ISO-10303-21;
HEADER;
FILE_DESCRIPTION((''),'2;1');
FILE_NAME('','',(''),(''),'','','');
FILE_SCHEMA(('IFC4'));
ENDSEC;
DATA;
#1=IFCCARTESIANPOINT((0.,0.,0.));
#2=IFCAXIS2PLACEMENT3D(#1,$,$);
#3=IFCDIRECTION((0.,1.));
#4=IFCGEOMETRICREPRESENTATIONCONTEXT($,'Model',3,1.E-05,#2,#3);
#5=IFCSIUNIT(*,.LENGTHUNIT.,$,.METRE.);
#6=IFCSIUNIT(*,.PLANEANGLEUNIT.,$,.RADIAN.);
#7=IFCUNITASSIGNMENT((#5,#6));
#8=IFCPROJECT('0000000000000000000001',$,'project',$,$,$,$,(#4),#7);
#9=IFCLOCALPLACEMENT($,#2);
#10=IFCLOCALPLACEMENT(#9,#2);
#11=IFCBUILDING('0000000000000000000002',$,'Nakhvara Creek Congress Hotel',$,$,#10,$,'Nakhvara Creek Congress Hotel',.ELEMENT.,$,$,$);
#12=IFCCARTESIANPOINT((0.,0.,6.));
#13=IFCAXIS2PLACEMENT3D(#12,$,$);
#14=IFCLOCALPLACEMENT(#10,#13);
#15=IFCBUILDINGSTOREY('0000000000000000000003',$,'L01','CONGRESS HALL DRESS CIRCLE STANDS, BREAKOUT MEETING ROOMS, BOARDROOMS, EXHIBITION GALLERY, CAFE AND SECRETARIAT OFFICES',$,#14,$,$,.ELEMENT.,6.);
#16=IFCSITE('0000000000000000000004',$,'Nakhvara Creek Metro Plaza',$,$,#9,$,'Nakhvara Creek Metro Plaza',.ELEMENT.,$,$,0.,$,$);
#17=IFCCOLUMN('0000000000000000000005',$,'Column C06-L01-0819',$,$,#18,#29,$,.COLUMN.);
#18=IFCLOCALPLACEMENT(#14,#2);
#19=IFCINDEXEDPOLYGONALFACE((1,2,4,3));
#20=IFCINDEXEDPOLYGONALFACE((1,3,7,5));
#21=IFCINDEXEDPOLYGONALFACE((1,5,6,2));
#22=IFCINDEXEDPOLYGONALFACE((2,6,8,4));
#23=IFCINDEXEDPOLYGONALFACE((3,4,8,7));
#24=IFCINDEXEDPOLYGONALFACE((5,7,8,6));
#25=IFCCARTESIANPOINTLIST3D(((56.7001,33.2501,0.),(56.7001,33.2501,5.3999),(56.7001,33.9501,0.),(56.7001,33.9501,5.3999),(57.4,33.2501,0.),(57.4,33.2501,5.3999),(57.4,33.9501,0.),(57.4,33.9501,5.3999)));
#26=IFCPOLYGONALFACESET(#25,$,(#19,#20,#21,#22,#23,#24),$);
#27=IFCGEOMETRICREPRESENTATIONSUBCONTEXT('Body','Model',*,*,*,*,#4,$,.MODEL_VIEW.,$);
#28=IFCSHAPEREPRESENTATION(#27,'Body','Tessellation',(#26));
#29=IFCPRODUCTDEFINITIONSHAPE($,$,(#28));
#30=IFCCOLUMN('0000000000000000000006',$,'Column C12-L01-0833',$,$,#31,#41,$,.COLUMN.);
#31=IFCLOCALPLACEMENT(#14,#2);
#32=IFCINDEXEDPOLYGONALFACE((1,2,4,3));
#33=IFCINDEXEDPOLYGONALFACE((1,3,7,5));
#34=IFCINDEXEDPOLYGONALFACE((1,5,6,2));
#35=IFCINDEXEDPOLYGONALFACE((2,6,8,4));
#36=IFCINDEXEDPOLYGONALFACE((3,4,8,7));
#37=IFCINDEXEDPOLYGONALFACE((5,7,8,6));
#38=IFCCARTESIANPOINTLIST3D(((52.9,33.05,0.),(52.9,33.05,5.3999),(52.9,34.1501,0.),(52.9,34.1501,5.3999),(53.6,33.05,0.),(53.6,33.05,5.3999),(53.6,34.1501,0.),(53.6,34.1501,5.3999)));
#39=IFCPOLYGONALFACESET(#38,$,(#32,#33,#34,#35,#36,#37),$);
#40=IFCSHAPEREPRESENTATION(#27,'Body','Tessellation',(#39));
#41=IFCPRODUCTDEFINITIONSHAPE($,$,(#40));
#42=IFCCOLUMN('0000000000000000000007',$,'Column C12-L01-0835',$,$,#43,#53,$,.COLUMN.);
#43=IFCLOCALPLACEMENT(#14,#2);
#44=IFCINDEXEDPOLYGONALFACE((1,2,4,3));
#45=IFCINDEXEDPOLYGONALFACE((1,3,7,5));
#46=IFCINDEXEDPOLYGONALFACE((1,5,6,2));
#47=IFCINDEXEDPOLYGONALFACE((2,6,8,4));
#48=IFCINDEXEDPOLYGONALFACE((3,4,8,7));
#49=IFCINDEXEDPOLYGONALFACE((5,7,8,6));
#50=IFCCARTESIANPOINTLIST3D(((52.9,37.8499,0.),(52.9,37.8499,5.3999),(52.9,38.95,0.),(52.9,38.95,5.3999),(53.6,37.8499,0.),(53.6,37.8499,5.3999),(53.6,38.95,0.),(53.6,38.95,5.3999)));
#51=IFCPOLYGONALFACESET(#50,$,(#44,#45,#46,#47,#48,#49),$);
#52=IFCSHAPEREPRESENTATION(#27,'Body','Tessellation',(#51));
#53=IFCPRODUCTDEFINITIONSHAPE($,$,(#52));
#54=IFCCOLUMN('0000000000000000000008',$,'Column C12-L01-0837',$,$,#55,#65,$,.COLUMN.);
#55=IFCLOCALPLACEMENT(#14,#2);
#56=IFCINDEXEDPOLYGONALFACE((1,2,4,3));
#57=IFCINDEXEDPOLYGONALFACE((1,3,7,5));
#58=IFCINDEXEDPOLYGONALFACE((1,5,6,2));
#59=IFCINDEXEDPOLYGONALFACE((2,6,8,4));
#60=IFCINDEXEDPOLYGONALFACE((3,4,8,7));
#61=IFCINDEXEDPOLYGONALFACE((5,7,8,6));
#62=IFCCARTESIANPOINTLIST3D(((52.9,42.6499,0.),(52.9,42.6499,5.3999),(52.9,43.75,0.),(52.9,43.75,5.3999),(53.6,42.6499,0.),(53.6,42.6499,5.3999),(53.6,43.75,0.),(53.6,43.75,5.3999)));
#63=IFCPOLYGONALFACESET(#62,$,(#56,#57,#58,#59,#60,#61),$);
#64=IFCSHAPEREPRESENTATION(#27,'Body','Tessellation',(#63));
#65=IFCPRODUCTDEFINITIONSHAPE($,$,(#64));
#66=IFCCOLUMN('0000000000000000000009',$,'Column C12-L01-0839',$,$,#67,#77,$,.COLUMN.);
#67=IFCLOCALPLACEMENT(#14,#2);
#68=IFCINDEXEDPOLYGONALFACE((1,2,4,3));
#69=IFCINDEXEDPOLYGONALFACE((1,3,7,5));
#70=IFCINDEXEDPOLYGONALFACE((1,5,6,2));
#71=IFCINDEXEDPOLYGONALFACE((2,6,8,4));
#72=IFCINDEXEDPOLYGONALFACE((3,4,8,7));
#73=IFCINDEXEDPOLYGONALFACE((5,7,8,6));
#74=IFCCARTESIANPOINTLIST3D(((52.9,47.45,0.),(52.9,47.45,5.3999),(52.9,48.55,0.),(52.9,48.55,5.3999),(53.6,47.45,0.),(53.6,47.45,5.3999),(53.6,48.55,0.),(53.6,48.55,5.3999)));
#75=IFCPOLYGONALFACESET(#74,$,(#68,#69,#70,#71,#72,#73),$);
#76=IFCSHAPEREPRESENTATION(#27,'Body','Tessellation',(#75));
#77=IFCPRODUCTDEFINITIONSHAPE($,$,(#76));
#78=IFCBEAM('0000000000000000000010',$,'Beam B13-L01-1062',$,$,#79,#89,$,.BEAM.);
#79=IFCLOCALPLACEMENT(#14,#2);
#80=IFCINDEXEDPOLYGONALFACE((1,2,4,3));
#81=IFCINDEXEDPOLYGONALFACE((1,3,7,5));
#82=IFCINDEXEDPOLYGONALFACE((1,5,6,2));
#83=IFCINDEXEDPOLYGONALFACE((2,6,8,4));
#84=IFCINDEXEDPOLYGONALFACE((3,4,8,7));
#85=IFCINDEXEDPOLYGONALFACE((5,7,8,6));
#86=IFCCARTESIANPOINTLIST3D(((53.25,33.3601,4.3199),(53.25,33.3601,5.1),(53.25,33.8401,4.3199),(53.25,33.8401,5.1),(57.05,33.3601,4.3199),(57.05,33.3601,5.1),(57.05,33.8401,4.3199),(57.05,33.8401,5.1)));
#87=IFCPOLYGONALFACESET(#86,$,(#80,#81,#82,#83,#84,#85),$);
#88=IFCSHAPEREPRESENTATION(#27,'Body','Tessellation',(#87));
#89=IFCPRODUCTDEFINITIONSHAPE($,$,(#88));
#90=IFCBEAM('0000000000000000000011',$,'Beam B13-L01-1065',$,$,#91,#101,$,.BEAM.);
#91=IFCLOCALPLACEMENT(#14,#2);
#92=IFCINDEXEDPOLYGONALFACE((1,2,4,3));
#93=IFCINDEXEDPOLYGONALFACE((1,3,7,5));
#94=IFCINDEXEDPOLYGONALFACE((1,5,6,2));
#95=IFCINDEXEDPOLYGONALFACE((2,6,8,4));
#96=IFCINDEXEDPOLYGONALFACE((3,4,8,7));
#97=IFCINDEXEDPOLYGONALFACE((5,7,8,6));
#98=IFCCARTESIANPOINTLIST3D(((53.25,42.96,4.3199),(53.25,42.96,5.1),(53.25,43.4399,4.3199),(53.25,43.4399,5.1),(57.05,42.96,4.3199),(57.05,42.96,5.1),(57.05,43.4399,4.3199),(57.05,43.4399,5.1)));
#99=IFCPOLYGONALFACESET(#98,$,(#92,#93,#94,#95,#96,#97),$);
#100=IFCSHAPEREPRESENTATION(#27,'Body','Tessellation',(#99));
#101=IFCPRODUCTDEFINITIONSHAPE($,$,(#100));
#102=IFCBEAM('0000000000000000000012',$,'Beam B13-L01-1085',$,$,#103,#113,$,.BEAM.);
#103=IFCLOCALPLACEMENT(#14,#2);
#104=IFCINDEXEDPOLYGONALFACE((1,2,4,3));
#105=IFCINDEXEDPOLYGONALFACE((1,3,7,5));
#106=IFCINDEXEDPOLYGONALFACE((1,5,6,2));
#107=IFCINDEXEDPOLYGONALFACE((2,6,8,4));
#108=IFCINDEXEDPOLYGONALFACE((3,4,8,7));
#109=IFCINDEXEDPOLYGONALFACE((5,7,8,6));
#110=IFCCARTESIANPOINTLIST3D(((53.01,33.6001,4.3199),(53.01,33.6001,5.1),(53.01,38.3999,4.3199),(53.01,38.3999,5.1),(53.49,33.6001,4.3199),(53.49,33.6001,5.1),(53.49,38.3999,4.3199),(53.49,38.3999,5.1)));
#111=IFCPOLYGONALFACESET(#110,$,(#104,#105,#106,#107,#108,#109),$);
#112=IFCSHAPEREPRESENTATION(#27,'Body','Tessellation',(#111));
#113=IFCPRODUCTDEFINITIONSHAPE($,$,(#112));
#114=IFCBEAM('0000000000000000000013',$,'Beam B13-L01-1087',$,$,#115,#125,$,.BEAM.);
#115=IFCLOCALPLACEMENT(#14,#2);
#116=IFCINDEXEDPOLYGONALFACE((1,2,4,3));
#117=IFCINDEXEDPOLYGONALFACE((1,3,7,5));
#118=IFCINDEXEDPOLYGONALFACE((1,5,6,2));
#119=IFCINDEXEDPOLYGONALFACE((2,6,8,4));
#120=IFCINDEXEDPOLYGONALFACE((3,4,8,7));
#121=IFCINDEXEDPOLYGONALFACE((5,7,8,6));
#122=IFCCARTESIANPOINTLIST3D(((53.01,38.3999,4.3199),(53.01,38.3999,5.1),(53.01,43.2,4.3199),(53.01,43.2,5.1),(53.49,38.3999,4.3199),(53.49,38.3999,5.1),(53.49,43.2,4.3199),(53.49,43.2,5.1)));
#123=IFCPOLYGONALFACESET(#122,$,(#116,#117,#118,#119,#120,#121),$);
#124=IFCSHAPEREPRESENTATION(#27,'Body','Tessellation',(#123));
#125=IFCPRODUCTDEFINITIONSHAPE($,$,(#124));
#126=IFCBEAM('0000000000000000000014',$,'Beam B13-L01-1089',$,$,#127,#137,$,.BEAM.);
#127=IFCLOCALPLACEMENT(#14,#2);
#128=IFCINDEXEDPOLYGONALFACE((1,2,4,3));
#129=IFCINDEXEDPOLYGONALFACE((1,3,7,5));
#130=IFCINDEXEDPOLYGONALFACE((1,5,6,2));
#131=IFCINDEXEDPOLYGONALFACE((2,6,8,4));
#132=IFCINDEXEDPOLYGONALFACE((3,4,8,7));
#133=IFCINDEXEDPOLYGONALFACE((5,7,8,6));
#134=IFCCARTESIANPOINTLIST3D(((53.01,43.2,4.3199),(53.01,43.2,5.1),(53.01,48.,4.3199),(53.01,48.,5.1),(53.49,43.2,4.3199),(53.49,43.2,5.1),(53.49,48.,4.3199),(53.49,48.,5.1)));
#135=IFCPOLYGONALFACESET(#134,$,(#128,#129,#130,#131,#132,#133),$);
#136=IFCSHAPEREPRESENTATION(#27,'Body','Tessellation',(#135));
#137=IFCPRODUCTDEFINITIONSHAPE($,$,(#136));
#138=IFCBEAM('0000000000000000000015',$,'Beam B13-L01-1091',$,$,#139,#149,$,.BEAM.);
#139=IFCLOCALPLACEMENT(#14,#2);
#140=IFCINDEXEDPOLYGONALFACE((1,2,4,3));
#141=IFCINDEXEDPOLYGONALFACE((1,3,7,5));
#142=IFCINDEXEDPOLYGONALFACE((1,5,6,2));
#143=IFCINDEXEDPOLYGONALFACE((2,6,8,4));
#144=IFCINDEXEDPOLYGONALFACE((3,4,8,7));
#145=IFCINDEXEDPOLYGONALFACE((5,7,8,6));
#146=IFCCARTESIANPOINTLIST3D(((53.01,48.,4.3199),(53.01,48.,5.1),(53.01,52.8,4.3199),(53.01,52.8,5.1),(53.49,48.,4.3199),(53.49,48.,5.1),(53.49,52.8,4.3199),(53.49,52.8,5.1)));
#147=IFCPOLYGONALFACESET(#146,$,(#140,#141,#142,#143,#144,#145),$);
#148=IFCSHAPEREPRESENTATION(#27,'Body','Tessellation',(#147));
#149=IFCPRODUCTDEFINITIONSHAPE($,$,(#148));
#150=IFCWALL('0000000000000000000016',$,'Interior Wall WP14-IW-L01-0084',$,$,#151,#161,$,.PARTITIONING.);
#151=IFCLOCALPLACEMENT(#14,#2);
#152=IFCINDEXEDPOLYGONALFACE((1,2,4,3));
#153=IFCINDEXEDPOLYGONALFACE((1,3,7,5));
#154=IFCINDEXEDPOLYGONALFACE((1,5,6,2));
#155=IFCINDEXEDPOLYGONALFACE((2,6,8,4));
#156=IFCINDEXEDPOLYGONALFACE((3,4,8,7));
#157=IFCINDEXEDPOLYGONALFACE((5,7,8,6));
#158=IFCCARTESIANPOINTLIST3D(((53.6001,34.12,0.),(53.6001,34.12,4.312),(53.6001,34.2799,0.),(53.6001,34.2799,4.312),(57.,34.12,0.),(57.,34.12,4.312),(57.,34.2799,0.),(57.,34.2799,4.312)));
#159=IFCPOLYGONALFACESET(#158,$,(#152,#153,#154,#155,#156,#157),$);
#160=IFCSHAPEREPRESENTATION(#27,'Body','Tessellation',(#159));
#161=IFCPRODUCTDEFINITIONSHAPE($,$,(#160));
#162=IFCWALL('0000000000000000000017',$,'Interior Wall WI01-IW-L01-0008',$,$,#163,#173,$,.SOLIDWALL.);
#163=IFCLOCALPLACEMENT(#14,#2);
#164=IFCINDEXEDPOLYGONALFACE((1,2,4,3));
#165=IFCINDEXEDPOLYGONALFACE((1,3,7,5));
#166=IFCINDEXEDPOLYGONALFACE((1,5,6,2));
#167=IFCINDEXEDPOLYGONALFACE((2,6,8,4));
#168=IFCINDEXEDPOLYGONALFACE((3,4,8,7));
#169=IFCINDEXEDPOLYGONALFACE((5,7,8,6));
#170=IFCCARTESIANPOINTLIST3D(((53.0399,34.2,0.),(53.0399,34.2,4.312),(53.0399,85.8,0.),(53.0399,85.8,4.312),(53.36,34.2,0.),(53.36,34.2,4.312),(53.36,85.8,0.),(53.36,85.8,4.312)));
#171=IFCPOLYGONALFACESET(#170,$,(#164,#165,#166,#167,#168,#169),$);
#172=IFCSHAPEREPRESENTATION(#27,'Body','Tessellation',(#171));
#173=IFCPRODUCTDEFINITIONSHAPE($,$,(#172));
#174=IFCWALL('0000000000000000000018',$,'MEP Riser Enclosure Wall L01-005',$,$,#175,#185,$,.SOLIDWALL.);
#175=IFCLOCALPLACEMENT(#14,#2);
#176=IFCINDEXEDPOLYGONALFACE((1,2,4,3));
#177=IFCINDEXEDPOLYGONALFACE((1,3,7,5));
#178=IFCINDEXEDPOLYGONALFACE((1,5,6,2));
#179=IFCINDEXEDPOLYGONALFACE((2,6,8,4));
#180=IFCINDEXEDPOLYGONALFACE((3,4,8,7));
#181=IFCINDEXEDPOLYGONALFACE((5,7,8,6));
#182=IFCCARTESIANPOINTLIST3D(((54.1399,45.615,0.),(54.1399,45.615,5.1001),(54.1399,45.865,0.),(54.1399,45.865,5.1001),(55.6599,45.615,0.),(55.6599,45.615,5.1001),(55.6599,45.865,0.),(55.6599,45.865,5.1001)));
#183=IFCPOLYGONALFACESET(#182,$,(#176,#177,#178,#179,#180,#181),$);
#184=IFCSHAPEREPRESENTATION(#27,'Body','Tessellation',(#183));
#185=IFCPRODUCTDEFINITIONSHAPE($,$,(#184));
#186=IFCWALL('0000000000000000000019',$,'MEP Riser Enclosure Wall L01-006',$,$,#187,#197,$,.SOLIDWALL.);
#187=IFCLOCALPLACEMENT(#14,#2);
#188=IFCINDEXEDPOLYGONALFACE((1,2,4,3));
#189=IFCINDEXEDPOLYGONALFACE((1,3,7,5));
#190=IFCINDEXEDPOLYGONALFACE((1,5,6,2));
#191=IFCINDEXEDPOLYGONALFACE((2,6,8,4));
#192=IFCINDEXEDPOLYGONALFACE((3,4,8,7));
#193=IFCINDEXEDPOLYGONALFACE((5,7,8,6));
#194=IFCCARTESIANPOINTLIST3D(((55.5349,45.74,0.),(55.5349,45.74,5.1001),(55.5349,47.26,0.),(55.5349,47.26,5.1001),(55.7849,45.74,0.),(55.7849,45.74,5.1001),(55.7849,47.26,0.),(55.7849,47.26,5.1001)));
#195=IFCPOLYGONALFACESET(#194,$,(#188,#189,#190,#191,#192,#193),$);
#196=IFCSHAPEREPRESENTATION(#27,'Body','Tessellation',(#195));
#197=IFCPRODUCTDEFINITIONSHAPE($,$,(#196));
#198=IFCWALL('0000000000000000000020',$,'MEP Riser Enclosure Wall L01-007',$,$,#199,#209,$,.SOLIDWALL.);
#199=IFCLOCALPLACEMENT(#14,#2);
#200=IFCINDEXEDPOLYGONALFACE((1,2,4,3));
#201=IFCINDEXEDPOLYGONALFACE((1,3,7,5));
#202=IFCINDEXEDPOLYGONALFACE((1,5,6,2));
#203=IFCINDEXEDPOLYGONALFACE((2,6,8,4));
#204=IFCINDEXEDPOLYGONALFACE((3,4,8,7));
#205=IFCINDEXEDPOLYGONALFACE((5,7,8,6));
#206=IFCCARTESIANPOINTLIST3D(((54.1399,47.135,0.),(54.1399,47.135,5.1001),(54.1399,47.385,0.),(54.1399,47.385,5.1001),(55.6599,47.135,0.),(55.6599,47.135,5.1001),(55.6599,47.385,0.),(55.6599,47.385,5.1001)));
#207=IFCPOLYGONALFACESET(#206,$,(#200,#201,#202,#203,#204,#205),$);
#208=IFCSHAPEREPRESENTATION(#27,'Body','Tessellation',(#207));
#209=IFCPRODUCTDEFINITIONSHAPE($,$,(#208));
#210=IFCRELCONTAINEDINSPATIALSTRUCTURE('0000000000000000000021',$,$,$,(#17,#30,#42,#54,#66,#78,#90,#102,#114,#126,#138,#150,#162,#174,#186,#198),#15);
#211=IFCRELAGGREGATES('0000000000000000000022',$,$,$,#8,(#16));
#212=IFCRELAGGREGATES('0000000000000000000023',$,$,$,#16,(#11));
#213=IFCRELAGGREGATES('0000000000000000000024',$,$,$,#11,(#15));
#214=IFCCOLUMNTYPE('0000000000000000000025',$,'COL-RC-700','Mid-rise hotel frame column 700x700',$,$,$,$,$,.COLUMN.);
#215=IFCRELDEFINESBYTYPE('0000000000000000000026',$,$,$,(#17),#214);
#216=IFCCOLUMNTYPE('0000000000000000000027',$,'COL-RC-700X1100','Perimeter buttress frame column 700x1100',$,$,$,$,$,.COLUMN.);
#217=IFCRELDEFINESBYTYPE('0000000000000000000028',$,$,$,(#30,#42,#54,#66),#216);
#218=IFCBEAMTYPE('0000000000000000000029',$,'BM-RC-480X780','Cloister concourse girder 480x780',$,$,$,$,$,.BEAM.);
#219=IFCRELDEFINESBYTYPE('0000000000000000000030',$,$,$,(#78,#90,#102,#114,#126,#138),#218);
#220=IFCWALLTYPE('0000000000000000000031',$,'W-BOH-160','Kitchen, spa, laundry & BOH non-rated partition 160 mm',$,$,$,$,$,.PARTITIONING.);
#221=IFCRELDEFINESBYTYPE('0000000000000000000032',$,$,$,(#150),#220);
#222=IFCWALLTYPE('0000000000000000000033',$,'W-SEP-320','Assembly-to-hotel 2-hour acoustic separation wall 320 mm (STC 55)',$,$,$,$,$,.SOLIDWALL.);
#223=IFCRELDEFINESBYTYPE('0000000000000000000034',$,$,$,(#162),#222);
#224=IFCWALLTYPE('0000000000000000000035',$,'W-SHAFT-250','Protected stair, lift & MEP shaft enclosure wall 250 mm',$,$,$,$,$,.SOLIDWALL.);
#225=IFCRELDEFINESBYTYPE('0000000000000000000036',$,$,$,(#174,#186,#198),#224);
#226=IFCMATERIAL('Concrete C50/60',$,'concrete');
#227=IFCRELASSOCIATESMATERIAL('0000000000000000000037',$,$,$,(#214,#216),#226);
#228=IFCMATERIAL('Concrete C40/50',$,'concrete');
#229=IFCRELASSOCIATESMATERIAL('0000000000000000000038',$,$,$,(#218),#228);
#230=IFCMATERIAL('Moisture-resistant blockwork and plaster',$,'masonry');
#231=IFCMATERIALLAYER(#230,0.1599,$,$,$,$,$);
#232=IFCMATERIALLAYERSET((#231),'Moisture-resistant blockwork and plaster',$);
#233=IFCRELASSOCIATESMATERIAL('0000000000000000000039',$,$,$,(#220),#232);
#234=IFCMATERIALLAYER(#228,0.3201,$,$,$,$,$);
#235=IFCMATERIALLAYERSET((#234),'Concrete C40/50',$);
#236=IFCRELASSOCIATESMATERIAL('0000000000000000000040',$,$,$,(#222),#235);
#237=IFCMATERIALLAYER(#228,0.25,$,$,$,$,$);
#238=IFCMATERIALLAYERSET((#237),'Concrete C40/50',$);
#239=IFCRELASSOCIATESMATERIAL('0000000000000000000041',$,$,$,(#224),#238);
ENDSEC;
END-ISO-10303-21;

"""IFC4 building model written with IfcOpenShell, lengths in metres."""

from ifc_helpers import new_model, si_unit, direction, frame, frame_2d, origin, origin_2d, place, context, subcontext, project, spatial, rectangle, extrude, material, layer, layer_set, material_profile, profile_set, type_object, element, save


model = new_model("IFC4")

# Units and contexts
model_context = context("Model", 3, precision=1e-05, world=origin(), true_north=direction((0.0, 1.0)))
body_context = subcontext(model_context, "Body", "Model", "MODEL_VIEW")
ifc_project = project(units=[si_unit("LENGTHUNIT", "METRE"), si_unit("PLANEANGLEUNIT", "RADIAN")], contexts=[model_context])

# Site, building, storey
site_placement = place(None, origin())
site = spatial("IfcSite", under=ifc_project, at=site_placement, Name="Nakhvara Creek Metro Plaza", LongName="Nakhvara Creek Metro Plaza", CompositionType="ELEMENT", RefElevation=0.0)
building_placement = place(site_placement, origin())
building = spatial("IfcBuilding", under=site, at=building_placement, Name="Nakhvara Creek Congress Hotel", LongName="Nakhvara Creek Congress Hotel", CompositionType="ELEMENT")
storey_placement = place(building_placement, frame((0.0, 0.0, 6.0)))
storey = spatial("IfcBuildingStorey", under=building, at=storey_placement, Name="L01", Description="CONGRESS HALL DRESS CIRCLE STANDS, BREAKOUT MEETING ROOMS, BOARDROOMS, EXHIBITION GALLERY, CAFE AND SECRETARIAT OFFICES", CompositionType="ELEMENT", Elevation=6.0)

# Columns
ifc_material_1 = material(Name="Concrete C50/60", Category="concrete")
ifc_material_profile_1 = material_profile(ifc_material_1, rectangle(XDim=0.7, YDim=0.7, at=origin_2d()), Name="RC-COL 700x700", Category="LoadBearing")
ifc_profile_set_1 = profile_set([ifc_material_profile_1], Name="Concrete C50/60")
column_type_1 = type_object("IfcColumnType", Name="COL-RC-700", Description="Mid-rise hotel frame column 700x700", PredefinedType="COLUMN", material=ifc_profile_set_1)
column_placement = place(storey_placement, frame((57.05, 33.6001, 0.0), z_axis=(0.0, 0.0, 1.0), x_axis=(1.0, 0.0, 0.0)))
element("IfcColumn", 1, at=column_placement, inside=storey, type_object=column_type_1, Name="Column C06-L01-0819", PredefinedType="COLUMN", context=body_context, shape_type="SweptSolid", body=[
    extrude(rectangle(XDim=0.7, YDim=0.7, at=origin_2d()), origin(), (0.0, 0.0, 1.0), 5.3999),
])
ifc_material_profile_2 = material_profile(ifc_material_1, rectangle(XDim=0.7, YDim=1.1001, at=origin_2d()), Name="RC-COL 700x1100", Category="LoadBearing")
ifc_profile_set_2 = profile_set([ifc_material_profile_2], Name="Concrete C50/60")
column_type_2 = type_object("IfcColumnType", Name="COL-RC-700X1100", Description="Perimeter buttress frame column 700x1100", PredefinedType="COLUMN", material=ifc_profile_set_2)
for number, where, z_axis, x_axis, name in (
    (2, (53.25, 33.6001, 0.0), (0.0, 0.0, 1.0), (1.0, 0.0, 0.0), "Column C12-L01-0833"),
    (3, (53.25, 38.3999, 0.0), (0.0, 0.0, 1.0), (1.0, 0.0, 0.0), "Column C12-L01-0835"),
    (4, (53.25, 43.2, 0.0), (0.0, 0.0, 1.0), (1.0, 0.0, 0.0), "Column C12-L01-0837"),
    (5, (53.25, 48.0, 0.0), (0.0, 0.0, 1.0), (1.0, 0.0, 0.0), "Column C12-L01-0839"),
):
    element("IfcColumn", number, at=place(storey_placement, frame(where, z_axis=z_axis, x_axis=x_axis)), inside=storey, type_object=column_type_2, Name=name, PredefinedType="COLUMN", context=body_context, shape_type="SweptSolid", body=[
        extrude(rectangle(XDim=0.7, YDim=1.1001, at=origin_2d()), origin(), (0.0, 0.0, 1.0), 5.3999),
    ])

# Beams
ifc_material_2 = material(Name="Concrete C40/50", Category="concrete")
ifc_material_profile_3 = material_profile(ifc_material_2, rectangle(XDim=0.48, YDim=0.78, at=origin_2d()), Name="RC-BM 480x780", Category="LoadBearing")
ifc_profile_set_3 = profile_set([ifc_material_profile_3], Name="Concrete C40/50")
beam_type = type_object("IfcBeamType", Name="BM-RC-480X780", Description="Cloister concourse girder 480x780", PredefinedType="BEAM", material=ifc_profile_set_3)
for number, where, z_axis, x_axis, name in (
    (6, (53.25, 33.6001, 4.71), (1.0, 0.0, 0.0), (0.0, 1.0, 0.0), "Beam B13-L01-1062"),
    (7, (53.25, 43.2, 4.71), (1.0, 0.0, 0.0), (0.0, 1.0, 0.0), "Beam B13-L01-1065"),
):
    element("IfcBeam", number, at=place(storey_placement, frame(where, z_axis=z_axis, x_axis=x_axis)), inside=storey, type_object=beam_type, Name=name, PredefinedType="BEAM", context=body_context, shape_type="SweptSolid", body=[
        extrude(rectangle(XDim=0.48, YDim=0.78, at=origin_2d()), origin(), (0.0, 0.0, 1.0), 3.8),
    ])
beam_placement = place(storey_placement, frame((53.25, 33.6001, 4.71), z_axis=(0.0, 1.0, 0.0), x_axis=(-1.0, 0.0, 0.0)))
element("IfcBeam", 8, at=beam_placement, inside=storey, type_object=beam_type, Name="Beam B13-L01-1085", PredefinedType="BEAM", context=body_context, shape_type="SweptSolid", body=[
    extrude(rectangle(XDim=0.48, YDim=0.78, at=origin_2d()), origin(), (0.0, 0.0, 1.0), 4.7998),
])
for number, where, z_axis, x_axis, name in (
    (9, (53.25, 38.3999, 4.71), (0.0, 1.0, 0.0), (-1.0, 0.0, 0.0), "Beam B13-L01-1087"),
    (10, (53.25, 43.2, 4.71), (0.0, 1.0, 0.0), (-1.0, 0.0, 0.0), "Beam B13-L01-1089"),
    (11, (53.25, 48.0, 4.71), (0.0, 1.0, 0.0), (-1.0, 0.0, 0.0), "Beam B13-L01-1091"),
):
    element("IfcBeam", number, at=place(storey_placement, frame(where, z_axis=z_axis, x_axis=x_axis)), inside=storey, type_object=beam_type, Name=name, PredefinedType="BEAM", context=body_context, shape_type="SweptSolid", body=[
        extrude(rectangle(XDim=0.48, YDim=0.78, at=origin_2d()), origin(), (0.0, 0.0, 1.0), 4.8),
    ])

# Walls
ifc_material_3 = material(Name="Moisture-resistant blockwork and plaster", Category="masonry")
ifc_layer_1 = layer(ifc_material_3, 0.1599)
ifc_layer_set_1 = layer_set([ifc_layer_1], Name="Moisture-resistant blockwork and plaster")
wall_type_1 = type_object("IfcWallType", Name="W-BOH-160", Description="Kitchen, spa, laundry & BOH non-rated partition 160 mm", PredefinedType="PARTITIONING", material=ifc_layer_set_1)
wall_1_placement = place(storey_placement, frame((53.6001, 34.2, 0.0), z_axis=(0.0, 0.0, 1.0), x_axis=(1.0, 0.0, 0.0)))
element("IfcWall", 12, at=wall_1_placement, inside=storey, type_object=wall_type_1, Name="Interior Wall WP14-IW-L01-0084", PredefinedType="PARTITIONING", context=body_context, shape_type="SweptSolid", body=[
    extrude(rectangle(XDim=3.3999, YDim=0.1599, at=frame_2d((1.7, 0.0))), origin(), (0.0, 0.0, 1.0), 4.312),
])
ifc_layer_2 = layer(ifc_material_2, 0.3201)
ifc_layer_set_2 = layer_set([ifc_layer_2], Name="Concrete C40/50")
wall_type_2 = type_object("IfcWallType", Name="W-SEP-320", Description="Assembly-to-hotel 2-hour acoustic separation wall 320 mm (STC 55)", PredefinedType="SOLIDWALL", material=ifc_layer_set_2)
wall_2_placement = place(storey_placement, frame((53.2, 34.2, 0.0), z_axis=(0.0, 0.0, 1.0), x_axis=(0.0, 1.0, 0.0)))
element("IfcWall", 13, at=wall_2_placement, inside=storey, type_object=wall_type_2, Name="Interior Wall WI01-IW-L01-0008", PredefinedType="SOLIDWALL", context=body_context, shape_type="SweptSolid", body=[
    extrude(rectangle(XDim=51.6001, YDim=0.3201, at=frame_2d((25.8, 0.0))), origin(), (0.0, 0.0, 1.0), 4.312),
])
ifc_layer_3 = layer(ifc_material_2, 0.25)
ifc_layer_set_3 = layer_set([ifc_layer_3], Name="Concrete C40/50")
wall_type_3 = type_object("IfcWallType", Name="W-SHAFT-250", Description="Protected stair, lift & MEP shaft enclosure wall 250 mm", PredefinedType="SOLIDWALL", material=ifc_layer_set_3)
for number, where, z_axis, x_axis, name in (
    (14, (54.1399, 45.74, 0.0), (0.0, 0.0, 1.0), (1.0, 0.0, 0.0), "MEP Riser Enclosure Wall L01-005"),
    (15, (55.6599, 45.74, 0.0), (0.0, 0.0, 1.0), (0.0, 1.0, 0.0), "MEP Riser Enclosure Wall L01-006"),
    (16, (55.6599, 47.26, 0.0), (0.0, 0.0, 1.0), (-1.0, 0.0, 0.0), "MEP Riser Enclosure Wall L01-007"),
):
    element("IfcWall", number, at=place(storey_placement, frame(where, z_axis=z_axis, x_axis=x_axis)), inside=storey, type_object=wall_type_3, Name=name, PredefinedType="SOLIDWALL", context=body_context, shape_type="SweptSolid", body=[
        extrude(rectangle(XDim=1.52, YDim=0.25, at=frame_2d((0.76, 0.0))), origin(), (0.0, 0.0, 1.0), 5.1001),
    ])

save(model, "model.ifc")
